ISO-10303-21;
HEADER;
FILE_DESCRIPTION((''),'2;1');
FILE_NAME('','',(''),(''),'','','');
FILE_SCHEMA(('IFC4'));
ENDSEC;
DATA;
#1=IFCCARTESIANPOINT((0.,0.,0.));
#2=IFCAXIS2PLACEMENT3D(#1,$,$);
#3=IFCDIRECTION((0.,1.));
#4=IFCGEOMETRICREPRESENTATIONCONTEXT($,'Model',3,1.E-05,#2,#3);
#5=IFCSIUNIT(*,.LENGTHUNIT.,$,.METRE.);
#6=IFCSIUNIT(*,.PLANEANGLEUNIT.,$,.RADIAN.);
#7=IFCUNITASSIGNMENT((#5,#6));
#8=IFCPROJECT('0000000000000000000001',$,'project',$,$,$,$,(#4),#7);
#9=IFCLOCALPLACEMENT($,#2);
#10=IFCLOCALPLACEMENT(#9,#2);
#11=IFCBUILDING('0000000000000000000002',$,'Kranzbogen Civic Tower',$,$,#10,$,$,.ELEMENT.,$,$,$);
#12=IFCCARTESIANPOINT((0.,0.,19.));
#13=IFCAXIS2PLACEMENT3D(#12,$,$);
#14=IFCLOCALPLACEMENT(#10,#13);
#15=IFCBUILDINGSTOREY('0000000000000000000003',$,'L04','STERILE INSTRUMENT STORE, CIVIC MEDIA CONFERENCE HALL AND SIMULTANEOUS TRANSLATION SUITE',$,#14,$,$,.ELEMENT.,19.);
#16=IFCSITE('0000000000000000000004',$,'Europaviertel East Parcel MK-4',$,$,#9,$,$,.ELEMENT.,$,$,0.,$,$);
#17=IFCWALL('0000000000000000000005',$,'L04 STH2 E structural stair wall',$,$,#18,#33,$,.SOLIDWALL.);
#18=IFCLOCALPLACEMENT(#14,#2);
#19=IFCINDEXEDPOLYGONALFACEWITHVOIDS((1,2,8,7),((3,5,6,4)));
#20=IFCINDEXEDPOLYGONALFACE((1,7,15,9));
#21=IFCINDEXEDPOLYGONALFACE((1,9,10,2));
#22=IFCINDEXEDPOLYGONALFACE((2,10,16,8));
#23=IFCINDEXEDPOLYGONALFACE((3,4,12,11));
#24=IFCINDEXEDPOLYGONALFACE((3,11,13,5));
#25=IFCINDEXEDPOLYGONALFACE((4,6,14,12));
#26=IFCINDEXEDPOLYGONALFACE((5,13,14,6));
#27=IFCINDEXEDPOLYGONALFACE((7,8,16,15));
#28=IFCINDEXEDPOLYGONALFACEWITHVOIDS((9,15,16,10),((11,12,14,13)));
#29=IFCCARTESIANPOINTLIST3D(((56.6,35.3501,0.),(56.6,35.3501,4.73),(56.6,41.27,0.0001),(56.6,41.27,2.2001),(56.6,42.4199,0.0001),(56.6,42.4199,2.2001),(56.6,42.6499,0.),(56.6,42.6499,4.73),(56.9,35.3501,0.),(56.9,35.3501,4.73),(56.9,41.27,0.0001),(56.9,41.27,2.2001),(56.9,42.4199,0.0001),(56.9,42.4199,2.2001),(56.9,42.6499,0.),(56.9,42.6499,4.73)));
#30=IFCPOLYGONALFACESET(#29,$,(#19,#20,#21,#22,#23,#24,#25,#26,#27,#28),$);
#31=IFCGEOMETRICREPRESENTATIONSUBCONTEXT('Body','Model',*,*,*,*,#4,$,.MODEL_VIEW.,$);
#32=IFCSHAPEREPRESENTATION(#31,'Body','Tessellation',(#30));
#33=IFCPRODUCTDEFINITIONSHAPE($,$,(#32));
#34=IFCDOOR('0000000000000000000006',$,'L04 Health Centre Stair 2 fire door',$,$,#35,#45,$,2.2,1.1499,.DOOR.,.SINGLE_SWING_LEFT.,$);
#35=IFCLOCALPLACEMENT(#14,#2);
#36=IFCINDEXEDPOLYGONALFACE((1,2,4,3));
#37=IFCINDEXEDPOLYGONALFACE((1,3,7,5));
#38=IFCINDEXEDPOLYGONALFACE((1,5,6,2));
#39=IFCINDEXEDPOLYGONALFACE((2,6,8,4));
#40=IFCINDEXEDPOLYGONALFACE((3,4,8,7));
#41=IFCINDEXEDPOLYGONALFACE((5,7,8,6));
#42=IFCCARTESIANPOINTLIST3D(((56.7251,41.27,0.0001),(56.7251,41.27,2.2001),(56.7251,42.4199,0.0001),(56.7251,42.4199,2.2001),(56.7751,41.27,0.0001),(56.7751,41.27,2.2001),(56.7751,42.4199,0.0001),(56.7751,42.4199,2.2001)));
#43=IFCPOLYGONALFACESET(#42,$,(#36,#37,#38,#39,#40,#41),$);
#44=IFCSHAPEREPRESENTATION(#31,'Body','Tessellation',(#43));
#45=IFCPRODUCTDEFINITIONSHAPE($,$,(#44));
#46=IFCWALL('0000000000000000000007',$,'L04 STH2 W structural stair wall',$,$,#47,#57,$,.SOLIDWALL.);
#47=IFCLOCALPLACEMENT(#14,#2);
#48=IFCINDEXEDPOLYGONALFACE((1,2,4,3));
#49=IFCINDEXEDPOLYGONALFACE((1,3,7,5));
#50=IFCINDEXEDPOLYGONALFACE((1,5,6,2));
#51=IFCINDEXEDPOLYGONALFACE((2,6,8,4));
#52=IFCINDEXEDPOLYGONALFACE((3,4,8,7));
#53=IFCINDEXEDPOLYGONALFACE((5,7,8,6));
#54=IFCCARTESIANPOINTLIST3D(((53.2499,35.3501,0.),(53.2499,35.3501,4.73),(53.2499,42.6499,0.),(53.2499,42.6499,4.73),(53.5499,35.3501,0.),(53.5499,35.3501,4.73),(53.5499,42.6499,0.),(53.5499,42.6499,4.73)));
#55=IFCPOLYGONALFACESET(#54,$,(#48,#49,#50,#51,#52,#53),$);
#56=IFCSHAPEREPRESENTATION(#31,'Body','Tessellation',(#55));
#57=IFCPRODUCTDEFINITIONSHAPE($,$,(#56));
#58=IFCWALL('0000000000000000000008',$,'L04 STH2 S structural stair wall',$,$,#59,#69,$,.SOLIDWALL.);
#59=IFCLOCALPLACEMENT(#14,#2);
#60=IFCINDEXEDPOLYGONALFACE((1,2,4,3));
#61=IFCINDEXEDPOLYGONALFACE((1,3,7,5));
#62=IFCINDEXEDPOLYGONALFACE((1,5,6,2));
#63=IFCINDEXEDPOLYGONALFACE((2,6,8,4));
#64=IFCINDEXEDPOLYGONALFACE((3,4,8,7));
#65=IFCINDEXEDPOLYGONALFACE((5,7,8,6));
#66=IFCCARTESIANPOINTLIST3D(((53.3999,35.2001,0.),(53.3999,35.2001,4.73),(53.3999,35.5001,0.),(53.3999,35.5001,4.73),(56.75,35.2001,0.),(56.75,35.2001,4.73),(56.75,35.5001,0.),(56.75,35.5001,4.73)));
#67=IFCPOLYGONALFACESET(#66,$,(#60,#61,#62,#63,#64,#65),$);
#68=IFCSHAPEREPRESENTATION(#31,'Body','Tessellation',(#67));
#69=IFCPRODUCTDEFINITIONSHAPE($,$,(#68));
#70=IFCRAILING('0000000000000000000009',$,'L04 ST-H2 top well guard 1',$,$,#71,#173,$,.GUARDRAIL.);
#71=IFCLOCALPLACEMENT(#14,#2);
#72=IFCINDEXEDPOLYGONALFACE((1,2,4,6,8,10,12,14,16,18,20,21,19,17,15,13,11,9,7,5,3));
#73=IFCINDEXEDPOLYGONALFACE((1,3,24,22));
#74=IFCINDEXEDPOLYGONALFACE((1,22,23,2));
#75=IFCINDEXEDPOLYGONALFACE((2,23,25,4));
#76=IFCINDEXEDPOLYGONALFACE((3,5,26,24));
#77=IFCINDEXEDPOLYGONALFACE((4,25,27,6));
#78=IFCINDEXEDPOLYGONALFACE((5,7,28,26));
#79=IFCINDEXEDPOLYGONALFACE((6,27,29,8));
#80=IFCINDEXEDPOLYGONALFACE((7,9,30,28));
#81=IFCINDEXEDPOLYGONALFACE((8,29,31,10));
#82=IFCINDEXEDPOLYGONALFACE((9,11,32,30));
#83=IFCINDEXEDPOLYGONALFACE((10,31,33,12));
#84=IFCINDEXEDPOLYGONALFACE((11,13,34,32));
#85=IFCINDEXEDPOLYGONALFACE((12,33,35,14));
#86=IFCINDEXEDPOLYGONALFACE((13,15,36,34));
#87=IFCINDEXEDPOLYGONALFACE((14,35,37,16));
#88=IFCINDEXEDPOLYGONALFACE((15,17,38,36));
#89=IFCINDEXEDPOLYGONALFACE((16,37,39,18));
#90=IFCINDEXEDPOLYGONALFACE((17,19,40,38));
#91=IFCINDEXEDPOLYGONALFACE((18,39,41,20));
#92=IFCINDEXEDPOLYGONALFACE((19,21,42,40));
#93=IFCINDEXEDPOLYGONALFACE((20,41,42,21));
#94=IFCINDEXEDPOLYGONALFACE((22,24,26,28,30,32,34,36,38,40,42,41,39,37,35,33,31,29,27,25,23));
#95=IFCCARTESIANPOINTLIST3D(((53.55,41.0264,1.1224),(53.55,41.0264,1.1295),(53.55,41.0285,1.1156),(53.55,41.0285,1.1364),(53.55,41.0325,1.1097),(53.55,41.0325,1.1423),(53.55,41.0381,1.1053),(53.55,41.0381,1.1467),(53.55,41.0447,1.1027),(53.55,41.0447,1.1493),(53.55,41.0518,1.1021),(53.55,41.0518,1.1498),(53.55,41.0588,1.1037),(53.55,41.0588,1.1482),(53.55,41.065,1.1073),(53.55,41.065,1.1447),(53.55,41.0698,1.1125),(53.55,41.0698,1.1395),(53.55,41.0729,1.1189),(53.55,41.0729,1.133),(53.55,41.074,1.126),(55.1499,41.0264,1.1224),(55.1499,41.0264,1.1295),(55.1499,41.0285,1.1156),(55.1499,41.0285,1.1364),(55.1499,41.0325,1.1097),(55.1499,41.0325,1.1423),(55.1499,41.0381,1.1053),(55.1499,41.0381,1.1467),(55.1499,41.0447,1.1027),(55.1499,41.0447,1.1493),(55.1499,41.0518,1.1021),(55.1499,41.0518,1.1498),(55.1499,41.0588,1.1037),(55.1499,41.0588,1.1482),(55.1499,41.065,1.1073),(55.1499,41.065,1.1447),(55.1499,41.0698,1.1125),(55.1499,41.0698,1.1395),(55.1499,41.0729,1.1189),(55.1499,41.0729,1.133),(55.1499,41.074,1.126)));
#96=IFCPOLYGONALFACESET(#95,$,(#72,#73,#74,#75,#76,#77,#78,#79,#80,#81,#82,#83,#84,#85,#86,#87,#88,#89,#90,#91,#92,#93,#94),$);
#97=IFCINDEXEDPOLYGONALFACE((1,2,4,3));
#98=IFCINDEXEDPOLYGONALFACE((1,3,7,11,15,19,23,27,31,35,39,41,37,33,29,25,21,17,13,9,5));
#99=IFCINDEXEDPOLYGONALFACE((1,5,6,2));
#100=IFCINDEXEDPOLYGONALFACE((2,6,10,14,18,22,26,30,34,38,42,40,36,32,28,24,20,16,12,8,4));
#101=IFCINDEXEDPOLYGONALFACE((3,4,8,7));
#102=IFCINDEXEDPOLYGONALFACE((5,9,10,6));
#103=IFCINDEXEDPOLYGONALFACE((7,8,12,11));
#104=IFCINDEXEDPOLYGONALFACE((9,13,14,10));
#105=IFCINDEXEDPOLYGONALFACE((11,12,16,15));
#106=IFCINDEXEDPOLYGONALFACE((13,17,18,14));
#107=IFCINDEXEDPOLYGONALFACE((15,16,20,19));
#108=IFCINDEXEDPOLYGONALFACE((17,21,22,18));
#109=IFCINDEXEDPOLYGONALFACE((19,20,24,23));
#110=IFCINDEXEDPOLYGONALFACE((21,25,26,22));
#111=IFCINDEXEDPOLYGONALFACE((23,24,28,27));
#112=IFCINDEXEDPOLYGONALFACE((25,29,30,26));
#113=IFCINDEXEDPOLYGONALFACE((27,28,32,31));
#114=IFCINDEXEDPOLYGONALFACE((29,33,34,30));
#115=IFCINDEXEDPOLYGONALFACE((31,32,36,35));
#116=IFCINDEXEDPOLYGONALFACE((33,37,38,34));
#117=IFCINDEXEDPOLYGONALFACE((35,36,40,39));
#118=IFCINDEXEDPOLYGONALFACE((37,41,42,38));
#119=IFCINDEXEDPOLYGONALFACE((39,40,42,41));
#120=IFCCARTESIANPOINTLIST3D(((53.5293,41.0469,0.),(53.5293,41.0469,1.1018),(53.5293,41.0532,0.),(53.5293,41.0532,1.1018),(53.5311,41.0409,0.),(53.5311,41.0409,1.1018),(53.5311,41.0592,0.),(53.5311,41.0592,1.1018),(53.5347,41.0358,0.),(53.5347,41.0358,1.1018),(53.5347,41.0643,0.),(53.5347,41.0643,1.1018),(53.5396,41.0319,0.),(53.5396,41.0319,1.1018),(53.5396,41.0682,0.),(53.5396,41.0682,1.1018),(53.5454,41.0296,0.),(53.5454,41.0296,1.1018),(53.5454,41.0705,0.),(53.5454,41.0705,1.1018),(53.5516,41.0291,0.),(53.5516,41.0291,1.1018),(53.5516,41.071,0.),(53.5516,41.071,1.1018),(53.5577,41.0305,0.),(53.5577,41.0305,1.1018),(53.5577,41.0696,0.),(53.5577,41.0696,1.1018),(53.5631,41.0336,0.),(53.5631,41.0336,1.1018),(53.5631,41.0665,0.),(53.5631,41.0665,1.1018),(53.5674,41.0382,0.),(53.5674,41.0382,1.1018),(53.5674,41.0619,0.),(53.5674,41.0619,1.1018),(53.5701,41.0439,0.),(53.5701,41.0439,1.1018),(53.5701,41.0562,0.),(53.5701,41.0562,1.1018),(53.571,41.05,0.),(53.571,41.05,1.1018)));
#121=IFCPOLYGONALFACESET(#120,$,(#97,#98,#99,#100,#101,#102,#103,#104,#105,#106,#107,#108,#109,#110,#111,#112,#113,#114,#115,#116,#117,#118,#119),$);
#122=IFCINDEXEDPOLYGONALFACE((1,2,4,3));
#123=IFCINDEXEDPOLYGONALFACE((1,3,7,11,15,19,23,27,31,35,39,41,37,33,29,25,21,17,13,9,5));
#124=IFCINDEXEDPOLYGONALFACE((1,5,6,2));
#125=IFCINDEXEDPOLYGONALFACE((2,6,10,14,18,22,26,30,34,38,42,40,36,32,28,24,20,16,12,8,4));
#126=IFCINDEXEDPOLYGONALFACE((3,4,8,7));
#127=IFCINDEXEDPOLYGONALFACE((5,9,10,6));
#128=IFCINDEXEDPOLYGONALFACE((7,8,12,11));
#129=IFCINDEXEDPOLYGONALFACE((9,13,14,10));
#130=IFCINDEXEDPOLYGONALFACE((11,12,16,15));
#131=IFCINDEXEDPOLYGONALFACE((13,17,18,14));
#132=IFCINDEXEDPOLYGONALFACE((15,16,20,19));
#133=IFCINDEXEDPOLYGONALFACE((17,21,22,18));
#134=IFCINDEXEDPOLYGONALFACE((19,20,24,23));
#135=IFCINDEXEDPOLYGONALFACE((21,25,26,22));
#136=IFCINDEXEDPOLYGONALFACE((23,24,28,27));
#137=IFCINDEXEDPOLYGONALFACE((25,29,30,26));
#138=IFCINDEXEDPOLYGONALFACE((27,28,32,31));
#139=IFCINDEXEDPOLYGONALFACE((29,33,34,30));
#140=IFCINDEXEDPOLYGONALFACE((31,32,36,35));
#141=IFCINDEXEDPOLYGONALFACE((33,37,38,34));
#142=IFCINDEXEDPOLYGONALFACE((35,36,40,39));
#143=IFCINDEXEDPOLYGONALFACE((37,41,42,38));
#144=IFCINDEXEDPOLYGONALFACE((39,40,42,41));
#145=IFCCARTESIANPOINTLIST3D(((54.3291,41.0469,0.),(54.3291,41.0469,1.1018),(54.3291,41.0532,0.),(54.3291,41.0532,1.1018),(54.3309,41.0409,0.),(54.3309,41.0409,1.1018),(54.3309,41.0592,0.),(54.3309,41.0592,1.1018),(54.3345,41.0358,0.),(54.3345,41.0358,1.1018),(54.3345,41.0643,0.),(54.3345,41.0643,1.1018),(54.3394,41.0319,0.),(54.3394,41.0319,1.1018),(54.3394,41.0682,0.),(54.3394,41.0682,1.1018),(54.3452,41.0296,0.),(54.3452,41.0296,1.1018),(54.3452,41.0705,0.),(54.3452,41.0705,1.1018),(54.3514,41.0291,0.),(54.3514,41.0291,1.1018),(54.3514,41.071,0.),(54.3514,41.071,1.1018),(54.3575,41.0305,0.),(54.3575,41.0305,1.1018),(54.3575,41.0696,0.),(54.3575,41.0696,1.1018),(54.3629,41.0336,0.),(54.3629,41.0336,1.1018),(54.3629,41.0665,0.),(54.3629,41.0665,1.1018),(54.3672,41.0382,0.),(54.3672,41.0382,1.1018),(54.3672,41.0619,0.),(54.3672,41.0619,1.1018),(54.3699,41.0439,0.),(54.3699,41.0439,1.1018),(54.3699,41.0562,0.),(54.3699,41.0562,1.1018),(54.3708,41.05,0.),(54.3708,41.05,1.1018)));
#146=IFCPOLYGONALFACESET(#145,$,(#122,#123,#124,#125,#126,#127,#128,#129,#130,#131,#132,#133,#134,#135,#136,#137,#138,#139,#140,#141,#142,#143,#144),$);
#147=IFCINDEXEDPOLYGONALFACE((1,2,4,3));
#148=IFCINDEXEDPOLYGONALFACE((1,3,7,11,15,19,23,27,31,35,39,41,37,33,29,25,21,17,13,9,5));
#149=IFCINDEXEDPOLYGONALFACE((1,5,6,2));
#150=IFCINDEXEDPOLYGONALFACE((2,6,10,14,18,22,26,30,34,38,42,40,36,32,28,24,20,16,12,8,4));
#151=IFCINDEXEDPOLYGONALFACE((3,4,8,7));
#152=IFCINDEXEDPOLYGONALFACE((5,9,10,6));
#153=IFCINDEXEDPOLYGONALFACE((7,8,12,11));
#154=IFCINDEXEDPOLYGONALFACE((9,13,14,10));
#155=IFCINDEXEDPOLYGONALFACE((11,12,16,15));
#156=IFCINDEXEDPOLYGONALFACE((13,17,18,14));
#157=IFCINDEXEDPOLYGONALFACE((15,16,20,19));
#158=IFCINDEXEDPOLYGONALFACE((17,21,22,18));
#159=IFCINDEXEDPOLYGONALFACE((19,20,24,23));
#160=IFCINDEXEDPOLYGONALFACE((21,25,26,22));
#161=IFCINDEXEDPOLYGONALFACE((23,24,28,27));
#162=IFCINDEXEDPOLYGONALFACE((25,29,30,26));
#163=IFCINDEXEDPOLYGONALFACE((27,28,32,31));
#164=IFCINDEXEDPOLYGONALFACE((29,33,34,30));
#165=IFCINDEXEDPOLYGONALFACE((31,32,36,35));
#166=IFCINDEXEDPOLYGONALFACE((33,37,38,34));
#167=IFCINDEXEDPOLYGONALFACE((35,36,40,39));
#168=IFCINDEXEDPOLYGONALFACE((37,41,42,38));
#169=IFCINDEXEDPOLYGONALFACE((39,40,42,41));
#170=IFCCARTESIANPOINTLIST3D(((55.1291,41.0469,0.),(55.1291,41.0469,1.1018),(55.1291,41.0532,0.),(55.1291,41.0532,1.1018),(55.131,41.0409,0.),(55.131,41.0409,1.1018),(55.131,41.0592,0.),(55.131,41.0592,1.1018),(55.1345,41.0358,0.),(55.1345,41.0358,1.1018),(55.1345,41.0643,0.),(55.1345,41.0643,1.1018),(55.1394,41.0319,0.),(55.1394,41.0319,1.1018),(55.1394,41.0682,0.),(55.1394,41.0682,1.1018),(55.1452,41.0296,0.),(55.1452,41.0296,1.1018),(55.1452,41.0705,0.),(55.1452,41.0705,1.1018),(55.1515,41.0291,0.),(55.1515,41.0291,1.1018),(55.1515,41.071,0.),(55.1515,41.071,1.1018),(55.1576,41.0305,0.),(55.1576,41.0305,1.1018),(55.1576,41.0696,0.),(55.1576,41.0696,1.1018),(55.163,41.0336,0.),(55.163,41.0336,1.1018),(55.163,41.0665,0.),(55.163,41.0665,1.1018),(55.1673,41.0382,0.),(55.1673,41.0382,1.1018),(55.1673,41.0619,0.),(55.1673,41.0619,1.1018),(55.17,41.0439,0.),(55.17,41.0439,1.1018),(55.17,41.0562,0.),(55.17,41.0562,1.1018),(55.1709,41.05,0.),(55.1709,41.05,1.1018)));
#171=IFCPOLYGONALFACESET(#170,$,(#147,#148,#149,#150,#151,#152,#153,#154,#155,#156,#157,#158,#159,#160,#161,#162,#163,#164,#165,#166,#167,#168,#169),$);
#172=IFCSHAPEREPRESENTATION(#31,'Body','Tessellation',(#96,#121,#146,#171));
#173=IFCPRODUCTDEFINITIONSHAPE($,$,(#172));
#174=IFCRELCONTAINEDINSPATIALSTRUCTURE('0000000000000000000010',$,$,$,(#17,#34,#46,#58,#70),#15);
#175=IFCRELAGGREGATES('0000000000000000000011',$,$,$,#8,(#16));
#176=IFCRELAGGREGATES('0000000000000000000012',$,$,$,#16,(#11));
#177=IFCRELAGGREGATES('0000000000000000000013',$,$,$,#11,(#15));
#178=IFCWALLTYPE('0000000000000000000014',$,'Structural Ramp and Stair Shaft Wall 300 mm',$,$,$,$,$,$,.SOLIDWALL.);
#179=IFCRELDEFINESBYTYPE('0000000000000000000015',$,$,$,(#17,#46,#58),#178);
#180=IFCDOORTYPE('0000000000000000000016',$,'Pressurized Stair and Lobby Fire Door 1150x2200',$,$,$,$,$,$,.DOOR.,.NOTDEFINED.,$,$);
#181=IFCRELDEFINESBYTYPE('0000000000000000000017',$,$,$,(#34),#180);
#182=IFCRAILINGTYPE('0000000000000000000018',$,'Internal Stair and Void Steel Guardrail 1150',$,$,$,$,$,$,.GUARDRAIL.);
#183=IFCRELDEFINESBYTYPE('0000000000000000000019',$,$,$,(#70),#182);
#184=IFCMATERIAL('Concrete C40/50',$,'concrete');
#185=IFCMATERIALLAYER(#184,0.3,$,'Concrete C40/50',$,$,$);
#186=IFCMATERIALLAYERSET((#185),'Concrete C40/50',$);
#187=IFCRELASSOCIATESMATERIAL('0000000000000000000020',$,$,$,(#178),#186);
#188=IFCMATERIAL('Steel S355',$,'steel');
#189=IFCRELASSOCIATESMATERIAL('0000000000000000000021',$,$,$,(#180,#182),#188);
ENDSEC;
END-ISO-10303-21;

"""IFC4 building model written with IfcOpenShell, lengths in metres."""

from ifc_helpers import new_model, si_unit, direction, frame, frame_2d, origin, origin_2d, place, context, subcontext, project, spatial, rectangle, circle, extrude, material, layer, layer_set, type_object, element, fill, save


model = new_model("IFC4")

# Units and contexts
model_context = context("Model", 3, precision=1e-05, world=origin(), true_north=direction((0.0, 1.0)))
body_context = subcontext(model_context, "Body", "Model", "MODEL_VIEW")
ifc_project = project(units=[si_unit("LENGTHUNIT", "METRE"), si_unit("PLANEANGLEUNIT", "RADIAN")], contexts=[model_context])

# Site, building, storey
site_placement = place(None, origin())
site = spatial("IfcSite", under=ifc_project, at=site_placement, Name="Europaviertel East Parcel MK-4", CompositionType="ELEMENT", RefElevation=0.0)
building_placement = place(site_placement, origin())
building = spatial("IfcBuilding", under=site, at=building_placement, Name="Kranzbogen Civic Tower", CompositionType="ELEMENT")
storey_placement = place(building_placement, frame((0.0, 0.0, 19.0)))
storey = spatial("IfcBuildingStorey", under=building, at=storey_placement, Name="L04", Description="STERILE INSTRUMENT STORE, CIVIC MEDIA CONFERENCE HALL AND SIMULTANEOUS TRANSLATION SUITE", CompositionType="ELEMENT", Elevation=19.0)

# Shared definitions
ifc_material_1 = material(Name="Concrete C40/50", Category="concrete")

# Shared definitions
ifc_material_2 = material(Name="Steel S355", Category="steel")

# Wall, opening, door
ifc_layer_1 = layer(ifc_material_1, 0.3, Name="Concrete C40/50")
ifc_layer_set_1 = layer_set([ifc_layer_1], Name="Concrete C40/50")
wall_type_1 = type_object("IfcWallType", Name="Structural Ramp and Stair Shaft Wall 300 mm", PredefinedType="SOLIDWALL", material=ifc_layer_set_1)
wall_1_placement = place(storey_placement, frame((56.75, 35.3501, 0.0), z_axis=(0.0, 0.0, 1.0), x_axis=(0.0, 1.0, 0.0)))
wall_1 = element("IfcWall", 1, at=wall_1_placement, inside=storey, type_object=wall_type_1, Name="L04 STH2 E structural stair wall", PredefinedType="SOLIDWALL", context=body_context, shape_type="SweptSolid", body=[
    extrude(rectangle(XDim=7.2998, YDim=0.3, at=frame_2d((3.6499, 0.0))), origin(), (0.0, 0.0, 1.0), 4.73),
])
opening_1_placement = place(wall_1_placement, frame((5.9199, 0.0, 0.0)))
opening_1 = element("IfcOpeningElement", 2, at=opening_1_placement, cuts=wall_1, PredefinedType="OPENING", context=body_context, shape_type="SweptSolid", body=[
    extrude(rectangle(XDim=1.1499, YDim=2.2, at=frame_2d((0.575, 1.1001))), frame((0.0, 0.1602, 0.0), z_axis=(0.0, -1.0, 0.0), x_axis=(1.0, 0.0, 0.0)), (0.0, 0.0, 1.0), 0.3201),
])
door_type = type_object("IfcDoorType", Name="Pressurized Stair and Lobby Fire Door 1150x2200", OperationType="NOTDEFINED", PredefinedType="DOOR", material=ifc_material_2)
door_placement = place(opening_1_placement, origin())
door = element("IfcDoor", 3, at=door_placement, inside=storey, type_object=door_type, Name="L04 Health Centre Stair 2 fire door", OperationType="SINGLE_SWING_LEFT", OverallHeight=2.2, OverallWidth=1.1499, PredefinedType="DOOR", context=body_context, shape_type="SweptSolid", body=[
    extrude(rectangle(XDim=1.1499, YDim=2.2, at=frame_2d((0.575, 1.1001))), frame((0.0, 0.0249, 0.0), z_axis=(0.0, -1.0, 0.0), x_axis=(1.0, 0.0, 0.0)), (0.0, 0.0, 1.0), 0.05),
])
fill(opening_1, door)

# Walls
wall_2_placement = place(storey_placement, frame((53.3999, 35.3501, 0.0), z_axis=(0.0, 0.0, 1.0), x_axis=(0.0, 1.0, 0.0)))
element("IfcWall", 4, at=wall_2_placement, inside=storey, type_object=wall_type_1, Name="L04 STH2 W structural stair wall", PredefinedType="SOLIDWALL", context=body_context, shape_type="SweptSolid", body=[
    extrude(rectangle(XDim=7.2998, YDim=0.3, at=frame_2d((3.6499, 0.0))), origin(), (0.0, 0.0, 1.0), 4.73),
])
wall_3_placement = place(storey_placement, frame((53.3999, 35.3501, 0.0), z_axis=(0.0, 0.0, 1.0), x_axis=(1.0, 0.0, 0.0)))
element("IfcWall", 5, at=wall_3_placement, inside=storey, type_object=wall_type_1, Name="L04 STH2 S structural stair wall", PredefinedType="SOLIDWALL", context=body_context, shape_type="SweptSolid", body=[
    extrude(rectangle(XDim=3.3501, YDim=0.3, at=frame_2d((1.675, 0.0))), origin(), (0.0, 0.0, 1.0), 4.73),
])

# Railing
railing_type = type_object("IfcRailingType", Name="Internal Stair and Void Steel Guardrail 1150", PredefinedType="GUARDRAIL", material=ifc_material_2)
railing_placement = place(storey_placement, frame((53.55, 41.05, 0.0)))
element("IfcRailing", 6, at=railing_placement, inside=storey, type_object=railing_type, Name="L04 ST-H2 top well guard 1", PredefinedType="GUARDRAIL", context=body_context, shape_type="SweptSolid", body=[
    extrude(circle(Radius=0.0239, at=origin_2d()), frame((0.0, 0.0, 1.126), z_axis=(1.0, 0.0, 0.0), x_axis=(0.0, 1.0, 0.0)), (0.0, 0.0, 1.0), 1.5999),
    extrude(circle(Radius=0.021, at=origin_2d()), origin(), (0.0, 0.0, 1.0), 1.1018),
    extrude(circle(Radius=0.021, at=origin_2d()), frame((0.7998, 0.0, 0.0)), (0.0, 0.0, 1.0), 1.1018),
    extrude(circle(Radius=0.021, at=origin_2d()), frame((1.5999, 0.0, 0.0)), (0.0, 0.0, 1.0), 1.1018),
])

save(model, "model.ifc")
